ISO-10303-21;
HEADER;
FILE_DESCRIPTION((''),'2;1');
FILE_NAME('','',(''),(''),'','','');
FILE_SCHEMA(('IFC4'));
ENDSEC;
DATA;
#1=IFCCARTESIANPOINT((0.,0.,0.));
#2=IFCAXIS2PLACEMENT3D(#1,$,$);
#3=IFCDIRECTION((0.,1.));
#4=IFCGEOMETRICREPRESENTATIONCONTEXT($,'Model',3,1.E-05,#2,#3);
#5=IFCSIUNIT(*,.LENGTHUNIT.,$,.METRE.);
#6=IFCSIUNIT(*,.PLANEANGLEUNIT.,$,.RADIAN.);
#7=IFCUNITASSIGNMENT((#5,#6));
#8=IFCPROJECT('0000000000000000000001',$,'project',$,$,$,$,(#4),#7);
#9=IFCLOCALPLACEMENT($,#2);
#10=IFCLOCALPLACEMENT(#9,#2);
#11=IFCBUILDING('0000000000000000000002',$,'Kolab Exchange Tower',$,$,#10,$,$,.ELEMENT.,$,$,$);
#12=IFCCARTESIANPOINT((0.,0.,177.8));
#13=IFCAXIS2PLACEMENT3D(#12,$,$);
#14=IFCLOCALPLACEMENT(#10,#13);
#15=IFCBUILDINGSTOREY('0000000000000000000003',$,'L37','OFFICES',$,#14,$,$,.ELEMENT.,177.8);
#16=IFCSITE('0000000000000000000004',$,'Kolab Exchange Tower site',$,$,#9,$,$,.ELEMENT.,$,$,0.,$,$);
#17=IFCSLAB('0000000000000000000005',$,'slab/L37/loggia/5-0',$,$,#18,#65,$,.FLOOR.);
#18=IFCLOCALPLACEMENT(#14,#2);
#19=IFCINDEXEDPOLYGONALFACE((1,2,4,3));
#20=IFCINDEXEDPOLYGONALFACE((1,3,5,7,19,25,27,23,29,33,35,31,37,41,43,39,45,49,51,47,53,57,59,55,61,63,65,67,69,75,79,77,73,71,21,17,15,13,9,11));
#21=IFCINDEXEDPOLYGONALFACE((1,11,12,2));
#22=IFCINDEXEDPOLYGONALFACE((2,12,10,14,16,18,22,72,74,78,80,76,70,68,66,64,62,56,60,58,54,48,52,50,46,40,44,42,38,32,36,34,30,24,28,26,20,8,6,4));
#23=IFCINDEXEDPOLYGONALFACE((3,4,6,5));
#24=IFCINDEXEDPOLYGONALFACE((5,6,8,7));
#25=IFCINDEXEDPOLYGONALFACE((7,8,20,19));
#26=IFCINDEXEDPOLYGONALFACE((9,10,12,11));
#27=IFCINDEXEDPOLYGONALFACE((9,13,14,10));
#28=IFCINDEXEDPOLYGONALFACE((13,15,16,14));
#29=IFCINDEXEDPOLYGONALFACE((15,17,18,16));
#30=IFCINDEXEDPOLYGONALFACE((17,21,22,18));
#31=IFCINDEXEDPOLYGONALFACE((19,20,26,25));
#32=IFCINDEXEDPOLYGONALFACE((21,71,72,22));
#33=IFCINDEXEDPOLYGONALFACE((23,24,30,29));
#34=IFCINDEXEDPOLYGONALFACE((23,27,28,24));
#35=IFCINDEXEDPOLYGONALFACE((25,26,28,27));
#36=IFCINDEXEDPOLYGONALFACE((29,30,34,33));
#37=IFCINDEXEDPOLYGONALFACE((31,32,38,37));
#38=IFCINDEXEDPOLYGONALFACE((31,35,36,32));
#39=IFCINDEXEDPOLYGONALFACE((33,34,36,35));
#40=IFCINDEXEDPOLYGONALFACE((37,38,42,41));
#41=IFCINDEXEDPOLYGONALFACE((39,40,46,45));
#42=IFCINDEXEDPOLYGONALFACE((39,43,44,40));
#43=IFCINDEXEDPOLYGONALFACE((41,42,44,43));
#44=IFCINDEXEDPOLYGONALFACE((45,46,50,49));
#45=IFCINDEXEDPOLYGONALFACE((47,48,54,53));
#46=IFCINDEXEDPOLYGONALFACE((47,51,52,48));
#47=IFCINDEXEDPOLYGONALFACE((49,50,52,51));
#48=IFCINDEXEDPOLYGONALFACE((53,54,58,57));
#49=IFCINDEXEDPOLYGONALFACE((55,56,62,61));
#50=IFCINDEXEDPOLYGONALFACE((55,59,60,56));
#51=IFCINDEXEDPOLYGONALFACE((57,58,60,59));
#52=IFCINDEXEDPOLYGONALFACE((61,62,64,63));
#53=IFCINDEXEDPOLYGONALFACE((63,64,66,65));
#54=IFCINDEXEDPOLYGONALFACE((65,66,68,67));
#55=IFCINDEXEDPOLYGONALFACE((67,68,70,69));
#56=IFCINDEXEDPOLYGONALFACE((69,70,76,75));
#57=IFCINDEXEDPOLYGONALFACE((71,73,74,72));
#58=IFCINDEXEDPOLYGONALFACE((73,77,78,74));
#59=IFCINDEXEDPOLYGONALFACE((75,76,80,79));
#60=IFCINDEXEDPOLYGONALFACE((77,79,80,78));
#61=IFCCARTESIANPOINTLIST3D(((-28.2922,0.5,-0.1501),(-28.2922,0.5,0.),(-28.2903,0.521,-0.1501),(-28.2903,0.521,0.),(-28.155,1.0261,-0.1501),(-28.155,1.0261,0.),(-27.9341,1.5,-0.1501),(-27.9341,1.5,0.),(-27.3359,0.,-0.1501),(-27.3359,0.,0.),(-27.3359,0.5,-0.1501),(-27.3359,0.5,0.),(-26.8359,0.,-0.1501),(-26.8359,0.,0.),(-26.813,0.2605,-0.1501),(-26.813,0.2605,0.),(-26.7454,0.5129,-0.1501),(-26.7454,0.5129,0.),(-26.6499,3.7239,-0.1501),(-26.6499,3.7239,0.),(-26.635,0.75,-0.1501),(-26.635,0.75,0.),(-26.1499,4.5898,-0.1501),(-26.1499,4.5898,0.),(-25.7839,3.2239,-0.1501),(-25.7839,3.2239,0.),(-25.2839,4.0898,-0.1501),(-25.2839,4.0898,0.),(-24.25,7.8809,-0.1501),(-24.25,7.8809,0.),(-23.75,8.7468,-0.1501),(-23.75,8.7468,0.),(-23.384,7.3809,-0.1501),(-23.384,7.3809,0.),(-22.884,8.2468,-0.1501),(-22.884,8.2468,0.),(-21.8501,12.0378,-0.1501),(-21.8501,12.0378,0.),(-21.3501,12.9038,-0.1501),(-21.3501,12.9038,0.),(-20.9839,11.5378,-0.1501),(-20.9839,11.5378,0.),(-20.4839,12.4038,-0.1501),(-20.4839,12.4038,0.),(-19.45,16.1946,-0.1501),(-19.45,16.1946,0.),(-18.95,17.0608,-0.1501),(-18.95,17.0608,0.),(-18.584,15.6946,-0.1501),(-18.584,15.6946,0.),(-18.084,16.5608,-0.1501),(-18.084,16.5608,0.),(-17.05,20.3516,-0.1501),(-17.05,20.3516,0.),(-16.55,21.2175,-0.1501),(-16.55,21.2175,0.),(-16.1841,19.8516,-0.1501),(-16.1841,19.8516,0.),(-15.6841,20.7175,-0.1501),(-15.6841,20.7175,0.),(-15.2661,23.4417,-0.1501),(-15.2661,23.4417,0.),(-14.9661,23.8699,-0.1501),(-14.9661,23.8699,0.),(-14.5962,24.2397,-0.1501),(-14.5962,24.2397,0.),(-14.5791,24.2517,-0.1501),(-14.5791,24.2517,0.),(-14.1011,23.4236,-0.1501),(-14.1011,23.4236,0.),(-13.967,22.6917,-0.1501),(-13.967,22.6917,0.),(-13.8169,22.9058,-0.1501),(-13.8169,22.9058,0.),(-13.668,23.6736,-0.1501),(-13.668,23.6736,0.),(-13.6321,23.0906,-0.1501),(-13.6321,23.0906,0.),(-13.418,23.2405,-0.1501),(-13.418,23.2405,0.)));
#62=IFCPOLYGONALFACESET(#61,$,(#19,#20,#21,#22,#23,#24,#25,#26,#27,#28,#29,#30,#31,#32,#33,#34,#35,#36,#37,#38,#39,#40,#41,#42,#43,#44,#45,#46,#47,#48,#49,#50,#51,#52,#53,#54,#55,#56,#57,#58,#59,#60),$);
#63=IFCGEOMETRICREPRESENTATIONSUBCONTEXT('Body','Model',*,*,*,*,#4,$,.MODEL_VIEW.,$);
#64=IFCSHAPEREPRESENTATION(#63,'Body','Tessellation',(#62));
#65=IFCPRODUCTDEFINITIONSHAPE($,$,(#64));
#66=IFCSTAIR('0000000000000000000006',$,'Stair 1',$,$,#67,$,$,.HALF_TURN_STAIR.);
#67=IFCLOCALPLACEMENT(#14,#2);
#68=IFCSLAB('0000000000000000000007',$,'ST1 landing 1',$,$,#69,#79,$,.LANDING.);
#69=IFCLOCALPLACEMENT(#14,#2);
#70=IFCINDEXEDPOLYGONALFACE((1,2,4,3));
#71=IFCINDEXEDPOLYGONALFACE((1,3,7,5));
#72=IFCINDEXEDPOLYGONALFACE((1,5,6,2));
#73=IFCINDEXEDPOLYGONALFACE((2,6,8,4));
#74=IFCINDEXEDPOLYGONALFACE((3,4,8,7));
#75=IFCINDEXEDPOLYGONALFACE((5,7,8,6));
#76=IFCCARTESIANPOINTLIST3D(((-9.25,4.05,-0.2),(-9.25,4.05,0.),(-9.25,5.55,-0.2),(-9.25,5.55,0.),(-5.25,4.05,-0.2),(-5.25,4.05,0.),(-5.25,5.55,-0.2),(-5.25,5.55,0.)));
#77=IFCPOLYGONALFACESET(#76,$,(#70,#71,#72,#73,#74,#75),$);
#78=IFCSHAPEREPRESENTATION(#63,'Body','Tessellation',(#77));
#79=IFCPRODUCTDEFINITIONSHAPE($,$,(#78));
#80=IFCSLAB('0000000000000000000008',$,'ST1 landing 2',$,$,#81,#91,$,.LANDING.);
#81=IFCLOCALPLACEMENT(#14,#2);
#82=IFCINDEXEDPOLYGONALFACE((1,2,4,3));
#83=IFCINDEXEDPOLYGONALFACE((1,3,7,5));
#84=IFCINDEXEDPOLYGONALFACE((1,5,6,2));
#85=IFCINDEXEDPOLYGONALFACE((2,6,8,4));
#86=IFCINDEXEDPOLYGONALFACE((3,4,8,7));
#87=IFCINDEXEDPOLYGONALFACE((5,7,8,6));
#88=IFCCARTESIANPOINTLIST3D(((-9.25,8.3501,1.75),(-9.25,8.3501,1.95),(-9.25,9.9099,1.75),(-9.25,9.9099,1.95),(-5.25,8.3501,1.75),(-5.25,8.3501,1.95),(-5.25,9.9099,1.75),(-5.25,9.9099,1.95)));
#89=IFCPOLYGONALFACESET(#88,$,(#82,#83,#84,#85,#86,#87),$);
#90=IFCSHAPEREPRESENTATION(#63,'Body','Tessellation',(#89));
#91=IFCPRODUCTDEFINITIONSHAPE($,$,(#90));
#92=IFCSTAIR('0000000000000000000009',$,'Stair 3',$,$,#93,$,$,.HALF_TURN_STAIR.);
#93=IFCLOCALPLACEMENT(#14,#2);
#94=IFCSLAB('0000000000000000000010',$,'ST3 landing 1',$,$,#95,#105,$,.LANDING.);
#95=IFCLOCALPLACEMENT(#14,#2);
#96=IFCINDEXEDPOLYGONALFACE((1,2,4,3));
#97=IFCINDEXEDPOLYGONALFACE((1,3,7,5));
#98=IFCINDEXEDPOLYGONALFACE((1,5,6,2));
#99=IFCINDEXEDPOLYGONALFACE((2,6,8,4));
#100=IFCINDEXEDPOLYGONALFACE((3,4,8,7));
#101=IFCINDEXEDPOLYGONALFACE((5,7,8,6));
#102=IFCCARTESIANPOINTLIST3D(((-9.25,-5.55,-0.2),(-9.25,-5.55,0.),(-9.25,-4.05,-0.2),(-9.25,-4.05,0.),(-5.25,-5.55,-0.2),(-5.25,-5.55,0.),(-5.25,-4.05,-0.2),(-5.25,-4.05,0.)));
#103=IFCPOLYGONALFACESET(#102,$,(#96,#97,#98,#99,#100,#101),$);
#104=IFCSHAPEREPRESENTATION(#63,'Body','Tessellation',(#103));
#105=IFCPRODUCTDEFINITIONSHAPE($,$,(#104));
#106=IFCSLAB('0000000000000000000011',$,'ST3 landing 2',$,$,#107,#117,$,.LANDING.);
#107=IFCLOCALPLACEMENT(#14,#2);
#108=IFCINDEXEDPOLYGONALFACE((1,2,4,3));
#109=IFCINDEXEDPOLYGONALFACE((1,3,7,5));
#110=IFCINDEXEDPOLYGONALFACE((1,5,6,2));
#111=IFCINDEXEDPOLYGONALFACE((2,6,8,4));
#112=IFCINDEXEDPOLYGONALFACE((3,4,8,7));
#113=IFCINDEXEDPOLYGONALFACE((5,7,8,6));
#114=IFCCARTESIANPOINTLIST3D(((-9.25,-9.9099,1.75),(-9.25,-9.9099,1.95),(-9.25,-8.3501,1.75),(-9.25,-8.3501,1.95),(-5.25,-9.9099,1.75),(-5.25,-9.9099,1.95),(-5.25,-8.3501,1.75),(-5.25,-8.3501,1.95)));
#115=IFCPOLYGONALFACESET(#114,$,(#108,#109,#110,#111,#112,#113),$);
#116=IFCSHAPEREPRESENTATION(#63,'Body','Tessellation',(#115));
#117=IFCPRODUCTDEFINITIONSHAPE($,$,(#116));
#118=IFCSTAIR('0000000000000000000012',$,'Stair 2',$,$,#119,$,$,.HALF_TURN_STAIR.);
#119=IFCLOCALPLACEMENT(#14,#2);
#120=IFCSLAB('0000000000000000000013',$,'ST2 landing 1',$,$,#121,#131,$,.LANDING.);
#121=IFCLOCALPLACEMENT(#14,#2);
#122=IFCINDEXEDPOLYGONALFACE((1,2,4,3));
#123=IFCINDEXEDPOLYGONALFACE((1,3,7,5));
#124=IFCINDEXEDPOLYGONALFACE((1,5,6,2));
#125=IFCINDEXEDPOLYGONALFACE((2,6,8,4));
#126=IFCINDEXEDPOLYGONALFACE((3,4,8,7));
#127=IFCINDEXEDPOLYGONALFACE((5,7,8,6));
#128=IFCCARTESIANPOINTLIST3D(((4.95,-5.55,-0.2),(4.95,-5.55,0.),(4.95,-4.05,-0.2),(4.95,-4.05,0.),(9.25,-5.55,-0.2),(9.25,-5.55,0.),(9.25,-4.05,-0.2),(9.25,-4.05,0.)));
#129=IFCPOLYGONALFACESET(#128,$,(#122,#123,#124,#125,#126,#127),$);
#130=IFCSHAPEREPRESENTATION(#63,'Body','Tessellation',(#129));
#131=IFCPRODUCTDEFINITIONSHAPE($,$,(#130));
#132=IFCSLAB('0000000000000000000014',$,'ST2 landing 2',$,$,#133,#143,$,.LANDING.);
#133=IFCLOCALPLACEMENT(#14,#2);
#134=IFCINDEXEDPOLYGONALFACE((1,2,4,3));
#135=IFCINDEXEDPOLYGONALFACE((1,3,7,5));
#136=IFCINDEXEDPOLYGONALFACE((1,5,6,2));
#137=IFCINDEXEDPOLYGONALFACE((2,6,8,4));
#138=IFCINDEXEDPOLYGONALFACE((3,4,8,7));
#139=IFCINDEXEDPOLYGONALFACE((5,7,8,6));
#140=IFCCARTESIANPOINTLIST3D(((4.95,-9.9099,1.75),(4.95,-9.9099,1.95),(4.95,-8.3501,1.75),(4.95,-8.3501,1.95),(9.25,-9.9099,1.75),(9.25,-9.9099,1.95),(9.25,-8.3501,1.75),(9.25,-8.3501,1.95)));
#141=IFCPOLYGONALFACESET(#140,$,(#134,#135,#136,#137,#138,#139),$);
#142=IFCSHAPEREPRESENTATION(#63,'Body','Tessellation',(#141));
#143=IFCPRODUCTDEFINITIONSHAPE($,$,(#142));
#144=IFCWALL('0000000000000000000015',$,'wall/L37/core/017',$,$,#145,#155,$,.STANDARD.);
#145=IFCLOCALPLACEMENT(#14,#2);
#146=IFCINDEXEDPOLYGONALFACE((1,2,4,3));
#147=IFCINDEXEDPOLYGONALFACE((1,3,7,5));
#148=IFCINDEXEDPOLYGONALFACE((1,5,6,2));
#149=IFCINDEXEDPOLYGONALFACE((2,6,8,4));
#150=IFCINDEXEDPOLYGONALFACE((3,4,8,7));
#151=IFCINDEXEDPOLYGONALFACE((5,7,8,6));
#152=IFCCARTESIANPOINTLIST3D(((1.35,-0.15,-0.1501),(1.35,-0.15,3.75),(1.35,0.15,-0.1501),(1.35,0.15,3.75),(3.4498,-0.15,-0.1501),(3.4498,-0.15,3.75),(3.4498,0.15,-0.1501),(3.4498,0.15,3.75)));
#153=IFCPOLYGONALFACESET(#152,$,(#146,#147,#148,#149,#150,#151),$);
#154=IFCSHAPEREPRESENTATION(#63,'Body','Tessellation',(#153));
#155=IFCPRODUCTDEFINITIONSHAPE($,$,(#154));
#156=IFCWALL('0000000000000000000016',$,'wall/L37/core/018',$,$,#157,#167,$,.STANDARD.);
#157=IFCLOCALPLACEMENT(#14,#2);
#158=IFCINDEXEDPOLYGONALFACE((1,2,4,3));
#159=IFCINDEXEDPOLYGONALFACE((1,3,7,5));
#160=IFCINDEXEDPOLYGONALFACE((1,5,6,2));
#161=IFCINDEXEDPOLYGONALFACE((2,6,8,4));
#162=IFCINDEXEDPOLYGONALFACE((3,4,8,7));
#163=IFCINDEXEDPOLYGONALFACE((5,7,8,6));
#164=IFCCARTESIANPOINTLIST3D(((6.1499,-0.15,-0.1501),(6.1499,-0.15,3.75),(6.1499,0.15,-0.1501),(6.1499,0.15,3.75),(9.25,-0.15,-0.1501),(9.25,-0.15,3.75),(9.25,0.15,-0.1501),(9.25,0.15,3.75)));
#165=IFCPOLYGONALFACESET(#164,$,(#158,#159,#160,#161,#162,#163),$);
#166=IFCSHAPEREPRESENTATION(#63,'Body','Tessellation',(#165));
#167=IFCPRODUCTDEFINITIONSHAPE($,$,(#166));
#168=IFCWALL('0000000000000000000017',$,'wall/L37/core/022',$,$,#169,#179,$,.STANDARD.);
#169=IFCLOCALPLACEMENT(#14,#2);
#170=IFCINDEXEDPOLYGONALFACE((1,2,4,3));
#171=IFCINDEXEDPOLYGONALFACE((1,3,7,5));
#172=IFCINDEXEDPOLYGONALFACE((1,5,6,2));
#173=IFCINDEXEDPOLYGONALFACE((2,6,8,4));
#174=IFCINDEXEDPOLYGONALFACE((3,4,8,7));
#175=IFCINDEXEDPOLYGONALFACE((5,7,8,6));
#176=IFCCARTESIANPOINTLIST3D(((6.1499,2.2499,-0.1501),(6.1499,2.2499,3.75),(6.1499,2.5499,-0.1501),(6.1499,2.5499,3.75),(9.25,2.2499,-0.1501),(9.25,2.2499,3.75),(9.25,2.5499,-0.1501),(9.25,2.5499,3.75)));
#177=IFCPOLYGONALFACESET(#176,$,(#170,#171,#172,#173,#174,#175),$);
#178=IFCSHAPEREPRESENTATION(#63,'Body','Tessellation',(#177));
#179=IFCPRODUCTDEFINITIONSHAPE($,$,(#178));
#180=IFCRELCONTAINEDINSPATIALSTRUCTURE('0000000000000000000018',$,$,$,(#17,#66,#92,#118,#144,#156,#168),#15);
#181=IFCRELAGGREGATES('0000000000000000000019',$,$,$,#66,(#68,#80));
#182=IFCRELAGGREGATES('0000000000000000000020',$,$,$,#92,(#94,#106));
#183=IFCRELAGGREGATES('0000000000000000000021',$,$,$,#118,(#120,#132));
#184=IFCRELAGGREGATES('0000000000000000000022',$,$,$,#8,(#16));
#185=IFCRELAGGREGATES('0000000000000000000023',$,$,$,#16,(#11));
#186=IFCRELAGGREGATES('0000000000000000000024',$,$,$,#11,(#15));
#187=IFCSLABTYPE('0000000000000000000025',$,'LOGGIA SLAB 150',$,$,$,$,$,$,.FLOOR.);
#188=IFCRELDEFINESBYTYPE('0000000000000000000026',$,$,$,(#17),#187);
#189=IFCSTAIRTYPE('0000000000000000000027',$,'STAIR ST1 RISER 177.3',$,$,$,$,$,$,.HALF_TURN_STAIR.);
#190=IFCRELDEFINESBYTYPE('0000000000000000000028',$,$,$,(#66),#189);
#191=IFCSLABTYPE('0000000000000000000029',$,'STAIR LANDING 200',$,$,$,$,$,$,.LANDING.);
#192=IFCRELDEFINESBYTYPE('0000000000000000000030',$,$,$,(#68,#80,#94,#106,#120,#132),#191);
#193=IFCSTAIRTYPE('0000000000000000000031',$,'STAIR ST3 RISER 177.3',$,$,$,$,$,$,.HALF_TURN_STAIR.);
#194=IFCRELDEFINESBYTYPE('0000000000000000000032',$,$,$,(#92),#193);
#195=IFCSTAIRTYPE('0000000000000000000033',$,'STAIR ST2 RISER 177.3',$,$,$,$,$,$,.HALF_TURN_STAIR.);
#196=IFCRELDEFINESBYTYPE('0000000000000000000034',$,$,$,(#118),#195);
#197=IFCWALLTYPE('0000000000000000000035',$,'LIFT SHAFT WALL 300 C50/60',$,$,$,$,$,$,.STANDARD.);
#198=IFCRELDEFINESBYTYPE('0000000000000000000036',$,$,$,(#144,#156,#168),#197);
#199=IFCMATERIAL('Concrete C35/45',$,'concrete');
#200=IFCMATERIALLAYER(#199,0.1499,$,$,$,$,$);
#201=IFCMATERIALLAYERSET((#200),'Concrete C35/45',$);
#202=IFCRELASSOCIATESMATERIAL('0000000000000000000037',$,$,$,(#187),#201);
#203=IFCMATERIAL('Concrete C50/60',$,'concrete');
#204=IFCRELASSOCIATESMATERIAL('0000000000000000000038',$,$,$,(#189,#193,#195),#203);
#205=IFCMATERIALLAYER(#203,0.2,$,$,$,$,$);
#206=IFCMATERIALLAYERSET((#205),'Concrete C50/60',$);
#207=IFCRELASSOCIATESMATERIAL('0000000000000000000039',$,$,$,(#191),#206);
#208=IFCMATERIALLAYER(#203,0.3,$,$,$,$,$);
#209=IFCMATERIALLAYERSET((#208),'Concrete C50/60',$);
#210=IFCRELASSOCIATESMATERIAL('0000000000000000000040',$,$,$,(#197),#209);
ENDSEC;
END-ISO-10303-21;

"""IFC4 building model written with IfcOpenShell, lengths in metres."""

from ifc_helpers import new_model, si_unit, direction, frame, frame_2d, origin, place, context, subcontext, project, spatial, polyline, rectangle, outline, extrude, material, layer, layer_set, type_object, element, aggregate, save


model = new_model("IFC4")

# Units and contexts
model_context = context("Model", 3, precision=1e-05, world=origin(), true_north=direction((0.0, 1.0)))
body_context = subcontext(model_context, "Body", "Model", "MODEL_VIEW")
ifc_project = project(units=[si_unit("LENGTHUNIT", "METRE"), si_unit("PLANEANGLEUNIT", "RADIAN")], contexts=[model_context])

# Site, building, storey
site_placement = place(None, origin())
site = spatial("IfcSite", under=ifc_project, at=site_placement, Name="Kolab Exchange Tower site", CompositionType="ELEMENT", RefElevation=0.0)
building_placement = place(site_placement, origin())
building = spatial("IfcBuilding", under=site, at=building_placement, Name="Kolab Exchange Tower", CompositionType="ELEMENT")
storey_placement = place(building_placement, frame((0.0, 0.0, 177.8)))
storey = spatial("IfcBuildingStorey", under=building, at=storey_placement, Name="L37", Description="OFFICES", CompositionType="ELEMENT", Elevation=177.8)

# Slab
ifc_material_1 = material(Name="Concrete C35/45", Category="concrete")
ifc_layer_1 = layer(ifc_material_1, 0.1499)
ifc_layer_set_1 = layer_set([ifc_layer_1], Name="Concrete C35/45")
slab_type_1 = type_object("IfcSlabType", Name="LOGGIA SLAB 150", PredefinedType="FLOOR", material=ifc_layer_set_1)
slab_1_placement = place(storey_placement, frame((0.0, 0.0, -0.1501)))
element("IfcSlab", 1, at=slab_1_placement, inside=storey, type_object=slab_type_1, Name="slab/L37/loggia/5-0", PredefinedType="FLOOR", context=body_context, shape_type="SweptSolid", body=[
    extrude(outline(polyline([(-13.418, 23.2405), (-13.668, 23.6736), (-14.1011, 23.4236), (-14.5791, 24.2517), (-14.5962, 24.2397), (-14.9661, 23.8699), (-15.2661, 23.4417), (-16.55, 21.2175), (-15.6841, 20.7175), (-16.1841, 19.8516), (-17.05, 20.3516), (-18.95, 17.0608), (-18.084, 16.5608), (-18.584, 15.6946), (-19.45, 16.1946), (-21.3501, 12.9038), (-20.4839, 12.4038), (-20.9839, 11.5378), (-21.8501, 12.0378), (-23.75, 8.7468), (-22.884, 8.2468), (-23.384, 7.3809), (-24.25, 7.8809), (-26.1499, 4.5898), (-25.2839, 4.0898), (-25.7839, 3.2239), (-26.6499, 3.7239), (-27.9341, 1.5), (-28.155, 1.0261), (-28.2903, 0.521), (-28.2922, 0.5), (-27.3359, 0.5), (-27.3359, 0.0), (-26.8359, 0.0), (-26.813, 0.2605), (-26.7454, 0.5129), (-26.635, 0.75), (-13.967, 22.6917), (-13.8169, 22.9058), (-13.6321, 23.0906), (-13.418, 23.2405)])), origin(), (0.0, 0.0, 1.0), 0.1501),
])

# Stairs, slabs
ifc_material_2 = material(Name="Concrete C50/60", Category="concrete")
stair_type_1 = type_object("IfcStairType", Name="STAIR ST1 RISER 177.3", PredefinedType="HALF_TURN_STAIR", material=ifc_material_2)
stair_1_placement = place(storey_placement, origin())
stair_1 = element("IfcStair", 2, at=stair_1_placement, inside=storey, type_object=stair_type_1, Name="Stair 1", PredefinedType="HALF_TURN_STAIR")
ifc_layer_2 = layer(ifc_material_2, 0.2)
ifc_layer_set_2 = layer_set([ifc_layer_2], Name="Concrete C50/60")
slab_type_2 = type_object("IfcSlabType", Name="STAIR LANDING 200", PredefinedType="LANDING", material=ifc_layer_set_2)
slab_2_placement = place(storey_placement, frame((0.0, 0.0, -0.2)))
slab_2 = element("IfcSlab", 3, at=slab_2_placement, type_object=slab_type_2, Name="ST1 landing 1", PredefinedType="LANDING", context=body_context, shape_type="SweptSolid", body=[
    extrude(outline(polyline([(-9.25, 4.05), (-5.25, 4.05), (-5.25, 5.55), (-9.25, 5.55), (-9.25, 4.05)])), origin(), (0.0, 0.0, 1.0), 0.2),
])
slab_3_placement = place(storey_placement, frame((0.0, 0.0, 1.75)))
slab_3 = element("IfcSlab", 4, at=slab_3_placement, type_object=slab_type_2, Name="ST1 landing 2", PredefinedType="LANDING", context=body_context, shape_type="SweptSolid", body=[
    extrude(outline(polyline([(-9.25, 8.3501), (-5.25, 8.3501), (-5.25, 9.9099), (-9.25, 9.9099), (-9.25, 8.3501)])), origin(), (0.0, 0.0, 1.0), 0.2),
])
aggregate(stair_1, [slab_2, slab_3])
stair_type_2 = type_object("IfcStairType", Name="STAIR ST3 RISER 177.3", PredefinedType="HALF_TURN_STAIR", material=ifc_material_2)
stair_2_placement = place(storey_placement, origin())
stair_2 = element("IfcStair", 5, at=stair_2_placement, inside=storey, type_object=stair_type_2, Name="Stair 3", PredefinedType="HALF_TURN_STAIR")
slab_4_placement = place(storey_placement, frame((0.0, 0.0, -0.2)))
slab_4 = element("IfcSlab", 6, at=slab_4_placement, type_object=slab_type_2, Name="ST3 landing 1", PredefinedType="LANDING", context=body_context, shape_type="SweptSolid", body=[
    extrude(outline(polyline([(-9.25, -5.55), (-5.25, -5.55), (-5.25, -4.05), (-9.25, -4.05), (-9.25, -5.55)])), origin(), (0.0, 0.0, 1.0), 0.2),
])
slab_5_placement = place(storey_placement, frame((0.0, 0.0, 1.75)))
slab_5 = element("IfcSlab", 7, at=slab_5_placement, type_object=slab_type_2, Name="ST3 landing 2", PredefinedType="LANDING", context=body_context, shape_type="SweptSolid", body=[
    extrude(outline(polyline([(-9.25, -9.9099), (-5.25, -9.9099), (-5.25, -8.3501), (-9.25, -8.3501), (-9.25, -9.9099)])), origin(), (0.0, 0.0, 1.0), 0.2),
])
aggregate(stair_2, [slab_4, slab_5])
stair_type_3 = type_object("IfcStairType", Name="STAIR ST2 RISER 177.3", PredefinedType="HALF_TURN_STAIR", material=ifc_material_2)
stair_3_placement = place(storey_placement, origin())
stair_3 = element("IfcStair", 8, at=stair_3_placement, inside=storey, type_object=stair_type_3, Name="Stair 2", PredefinedType="HALF_TURN_STAIR")
slab_6_placement = place(storey_placement, frame((0.0, 0.0, -0.2)))
slab_6 = element("IfcSlab", 9, at=slab_6_placement, type_object=slab_type_2, Name="ST2 landing 1", PredefinedType="LANDING", context=body_context, shape_type="SweptSolid", body=[
    extrude(outline(polyline([(4.95, -5.55), (9.25, -5.55), (9.25, -4.05), (4.95, -4.05), (4.95, -5.55)])), origin(), (0.0, 0.0, 1.0), 0.2),
])
slab_7_placement = place(storey_placement, frame((0.0, 0.0, 1.75)))
slab_7 = element("IfcSlab", 10, at=slab_7_placement, type_object=slab_type_2, Name="ST2 landing 2", PredefinedType="LANDING", context=body_context, shape_type="SweptSolid", body=[
    extrude(outline(polyline([(4.95, -9.9099), (9.25, -9.9099), (9.25, -8.3501), (4.95, -8.3501), (4.95, -9.9099)])), origin(), (0.0, 0.0, 1.0), 0.2),
])
aggregate(stair_3, [slab_6, slab_7])

# Walls
ifc_layer_3 = layer(ifc_material_2, 0.3)
ifc_layer_set_3 = layer_set([ifc_layer_3], Name="Concrete C50/60")
wall_type_1 = type_object("IfcWallType", Name="LIFT SHAFT WALL 300 C50/60", PredefinedType="STANDARD", material=ifc_layer_set_3)
wall_1_placement = place(storey_placement, frame((1.3501, 0.0, -0.1501), z_axis=(0.0, 0.0, 1.0), x_axis=(1.0, 0.0, 0.0)))
element("IfcWall", 11, at=wall_1_placement, inside=storey, type_object=wall_type_1, Name="wall/L37/core/017", PredefinedType="STANDARD", context=body_context, shape_type="SweptSolid", body=[
    extrude(rectangle(XDim=2.0999, YDim=0.3, at=frame_2d((1.0498, 0.0))), origin(), (0.0, 0.0, 1.0), 3.9001),
])
for number, where, z_axis, x_axis, name in (
    (12, (6.1499, 0.0, -0.1501), (0.0, 0.0, 1.0), (1.0, 0.0, 0.0), "wall/L37/core/018"),
    (13, (6.1499, 2.3999, -0.1501), (0.0, 0.0, 1.0), (1.0, 0.0, 0.0), "wall/L37/core/022"),
):
    element("IfcWall", number, at=place(storey_placement, frame(where, z_axis=z_axis, x_axis=x_axis)), inside=storey, type_object=wall_type_1, Name=name, PredefinedType="STANDARD", context=body_context, shape_type="SweptSolid", body=[
        extrude(rectangle(XDim=3.1001, YDim=0.3, at=frame_2d((1.55, 0.0))), origin(), (0.0, 0.0, 1.0), 3.9001),
    ])

save(model, "model.ifc")
